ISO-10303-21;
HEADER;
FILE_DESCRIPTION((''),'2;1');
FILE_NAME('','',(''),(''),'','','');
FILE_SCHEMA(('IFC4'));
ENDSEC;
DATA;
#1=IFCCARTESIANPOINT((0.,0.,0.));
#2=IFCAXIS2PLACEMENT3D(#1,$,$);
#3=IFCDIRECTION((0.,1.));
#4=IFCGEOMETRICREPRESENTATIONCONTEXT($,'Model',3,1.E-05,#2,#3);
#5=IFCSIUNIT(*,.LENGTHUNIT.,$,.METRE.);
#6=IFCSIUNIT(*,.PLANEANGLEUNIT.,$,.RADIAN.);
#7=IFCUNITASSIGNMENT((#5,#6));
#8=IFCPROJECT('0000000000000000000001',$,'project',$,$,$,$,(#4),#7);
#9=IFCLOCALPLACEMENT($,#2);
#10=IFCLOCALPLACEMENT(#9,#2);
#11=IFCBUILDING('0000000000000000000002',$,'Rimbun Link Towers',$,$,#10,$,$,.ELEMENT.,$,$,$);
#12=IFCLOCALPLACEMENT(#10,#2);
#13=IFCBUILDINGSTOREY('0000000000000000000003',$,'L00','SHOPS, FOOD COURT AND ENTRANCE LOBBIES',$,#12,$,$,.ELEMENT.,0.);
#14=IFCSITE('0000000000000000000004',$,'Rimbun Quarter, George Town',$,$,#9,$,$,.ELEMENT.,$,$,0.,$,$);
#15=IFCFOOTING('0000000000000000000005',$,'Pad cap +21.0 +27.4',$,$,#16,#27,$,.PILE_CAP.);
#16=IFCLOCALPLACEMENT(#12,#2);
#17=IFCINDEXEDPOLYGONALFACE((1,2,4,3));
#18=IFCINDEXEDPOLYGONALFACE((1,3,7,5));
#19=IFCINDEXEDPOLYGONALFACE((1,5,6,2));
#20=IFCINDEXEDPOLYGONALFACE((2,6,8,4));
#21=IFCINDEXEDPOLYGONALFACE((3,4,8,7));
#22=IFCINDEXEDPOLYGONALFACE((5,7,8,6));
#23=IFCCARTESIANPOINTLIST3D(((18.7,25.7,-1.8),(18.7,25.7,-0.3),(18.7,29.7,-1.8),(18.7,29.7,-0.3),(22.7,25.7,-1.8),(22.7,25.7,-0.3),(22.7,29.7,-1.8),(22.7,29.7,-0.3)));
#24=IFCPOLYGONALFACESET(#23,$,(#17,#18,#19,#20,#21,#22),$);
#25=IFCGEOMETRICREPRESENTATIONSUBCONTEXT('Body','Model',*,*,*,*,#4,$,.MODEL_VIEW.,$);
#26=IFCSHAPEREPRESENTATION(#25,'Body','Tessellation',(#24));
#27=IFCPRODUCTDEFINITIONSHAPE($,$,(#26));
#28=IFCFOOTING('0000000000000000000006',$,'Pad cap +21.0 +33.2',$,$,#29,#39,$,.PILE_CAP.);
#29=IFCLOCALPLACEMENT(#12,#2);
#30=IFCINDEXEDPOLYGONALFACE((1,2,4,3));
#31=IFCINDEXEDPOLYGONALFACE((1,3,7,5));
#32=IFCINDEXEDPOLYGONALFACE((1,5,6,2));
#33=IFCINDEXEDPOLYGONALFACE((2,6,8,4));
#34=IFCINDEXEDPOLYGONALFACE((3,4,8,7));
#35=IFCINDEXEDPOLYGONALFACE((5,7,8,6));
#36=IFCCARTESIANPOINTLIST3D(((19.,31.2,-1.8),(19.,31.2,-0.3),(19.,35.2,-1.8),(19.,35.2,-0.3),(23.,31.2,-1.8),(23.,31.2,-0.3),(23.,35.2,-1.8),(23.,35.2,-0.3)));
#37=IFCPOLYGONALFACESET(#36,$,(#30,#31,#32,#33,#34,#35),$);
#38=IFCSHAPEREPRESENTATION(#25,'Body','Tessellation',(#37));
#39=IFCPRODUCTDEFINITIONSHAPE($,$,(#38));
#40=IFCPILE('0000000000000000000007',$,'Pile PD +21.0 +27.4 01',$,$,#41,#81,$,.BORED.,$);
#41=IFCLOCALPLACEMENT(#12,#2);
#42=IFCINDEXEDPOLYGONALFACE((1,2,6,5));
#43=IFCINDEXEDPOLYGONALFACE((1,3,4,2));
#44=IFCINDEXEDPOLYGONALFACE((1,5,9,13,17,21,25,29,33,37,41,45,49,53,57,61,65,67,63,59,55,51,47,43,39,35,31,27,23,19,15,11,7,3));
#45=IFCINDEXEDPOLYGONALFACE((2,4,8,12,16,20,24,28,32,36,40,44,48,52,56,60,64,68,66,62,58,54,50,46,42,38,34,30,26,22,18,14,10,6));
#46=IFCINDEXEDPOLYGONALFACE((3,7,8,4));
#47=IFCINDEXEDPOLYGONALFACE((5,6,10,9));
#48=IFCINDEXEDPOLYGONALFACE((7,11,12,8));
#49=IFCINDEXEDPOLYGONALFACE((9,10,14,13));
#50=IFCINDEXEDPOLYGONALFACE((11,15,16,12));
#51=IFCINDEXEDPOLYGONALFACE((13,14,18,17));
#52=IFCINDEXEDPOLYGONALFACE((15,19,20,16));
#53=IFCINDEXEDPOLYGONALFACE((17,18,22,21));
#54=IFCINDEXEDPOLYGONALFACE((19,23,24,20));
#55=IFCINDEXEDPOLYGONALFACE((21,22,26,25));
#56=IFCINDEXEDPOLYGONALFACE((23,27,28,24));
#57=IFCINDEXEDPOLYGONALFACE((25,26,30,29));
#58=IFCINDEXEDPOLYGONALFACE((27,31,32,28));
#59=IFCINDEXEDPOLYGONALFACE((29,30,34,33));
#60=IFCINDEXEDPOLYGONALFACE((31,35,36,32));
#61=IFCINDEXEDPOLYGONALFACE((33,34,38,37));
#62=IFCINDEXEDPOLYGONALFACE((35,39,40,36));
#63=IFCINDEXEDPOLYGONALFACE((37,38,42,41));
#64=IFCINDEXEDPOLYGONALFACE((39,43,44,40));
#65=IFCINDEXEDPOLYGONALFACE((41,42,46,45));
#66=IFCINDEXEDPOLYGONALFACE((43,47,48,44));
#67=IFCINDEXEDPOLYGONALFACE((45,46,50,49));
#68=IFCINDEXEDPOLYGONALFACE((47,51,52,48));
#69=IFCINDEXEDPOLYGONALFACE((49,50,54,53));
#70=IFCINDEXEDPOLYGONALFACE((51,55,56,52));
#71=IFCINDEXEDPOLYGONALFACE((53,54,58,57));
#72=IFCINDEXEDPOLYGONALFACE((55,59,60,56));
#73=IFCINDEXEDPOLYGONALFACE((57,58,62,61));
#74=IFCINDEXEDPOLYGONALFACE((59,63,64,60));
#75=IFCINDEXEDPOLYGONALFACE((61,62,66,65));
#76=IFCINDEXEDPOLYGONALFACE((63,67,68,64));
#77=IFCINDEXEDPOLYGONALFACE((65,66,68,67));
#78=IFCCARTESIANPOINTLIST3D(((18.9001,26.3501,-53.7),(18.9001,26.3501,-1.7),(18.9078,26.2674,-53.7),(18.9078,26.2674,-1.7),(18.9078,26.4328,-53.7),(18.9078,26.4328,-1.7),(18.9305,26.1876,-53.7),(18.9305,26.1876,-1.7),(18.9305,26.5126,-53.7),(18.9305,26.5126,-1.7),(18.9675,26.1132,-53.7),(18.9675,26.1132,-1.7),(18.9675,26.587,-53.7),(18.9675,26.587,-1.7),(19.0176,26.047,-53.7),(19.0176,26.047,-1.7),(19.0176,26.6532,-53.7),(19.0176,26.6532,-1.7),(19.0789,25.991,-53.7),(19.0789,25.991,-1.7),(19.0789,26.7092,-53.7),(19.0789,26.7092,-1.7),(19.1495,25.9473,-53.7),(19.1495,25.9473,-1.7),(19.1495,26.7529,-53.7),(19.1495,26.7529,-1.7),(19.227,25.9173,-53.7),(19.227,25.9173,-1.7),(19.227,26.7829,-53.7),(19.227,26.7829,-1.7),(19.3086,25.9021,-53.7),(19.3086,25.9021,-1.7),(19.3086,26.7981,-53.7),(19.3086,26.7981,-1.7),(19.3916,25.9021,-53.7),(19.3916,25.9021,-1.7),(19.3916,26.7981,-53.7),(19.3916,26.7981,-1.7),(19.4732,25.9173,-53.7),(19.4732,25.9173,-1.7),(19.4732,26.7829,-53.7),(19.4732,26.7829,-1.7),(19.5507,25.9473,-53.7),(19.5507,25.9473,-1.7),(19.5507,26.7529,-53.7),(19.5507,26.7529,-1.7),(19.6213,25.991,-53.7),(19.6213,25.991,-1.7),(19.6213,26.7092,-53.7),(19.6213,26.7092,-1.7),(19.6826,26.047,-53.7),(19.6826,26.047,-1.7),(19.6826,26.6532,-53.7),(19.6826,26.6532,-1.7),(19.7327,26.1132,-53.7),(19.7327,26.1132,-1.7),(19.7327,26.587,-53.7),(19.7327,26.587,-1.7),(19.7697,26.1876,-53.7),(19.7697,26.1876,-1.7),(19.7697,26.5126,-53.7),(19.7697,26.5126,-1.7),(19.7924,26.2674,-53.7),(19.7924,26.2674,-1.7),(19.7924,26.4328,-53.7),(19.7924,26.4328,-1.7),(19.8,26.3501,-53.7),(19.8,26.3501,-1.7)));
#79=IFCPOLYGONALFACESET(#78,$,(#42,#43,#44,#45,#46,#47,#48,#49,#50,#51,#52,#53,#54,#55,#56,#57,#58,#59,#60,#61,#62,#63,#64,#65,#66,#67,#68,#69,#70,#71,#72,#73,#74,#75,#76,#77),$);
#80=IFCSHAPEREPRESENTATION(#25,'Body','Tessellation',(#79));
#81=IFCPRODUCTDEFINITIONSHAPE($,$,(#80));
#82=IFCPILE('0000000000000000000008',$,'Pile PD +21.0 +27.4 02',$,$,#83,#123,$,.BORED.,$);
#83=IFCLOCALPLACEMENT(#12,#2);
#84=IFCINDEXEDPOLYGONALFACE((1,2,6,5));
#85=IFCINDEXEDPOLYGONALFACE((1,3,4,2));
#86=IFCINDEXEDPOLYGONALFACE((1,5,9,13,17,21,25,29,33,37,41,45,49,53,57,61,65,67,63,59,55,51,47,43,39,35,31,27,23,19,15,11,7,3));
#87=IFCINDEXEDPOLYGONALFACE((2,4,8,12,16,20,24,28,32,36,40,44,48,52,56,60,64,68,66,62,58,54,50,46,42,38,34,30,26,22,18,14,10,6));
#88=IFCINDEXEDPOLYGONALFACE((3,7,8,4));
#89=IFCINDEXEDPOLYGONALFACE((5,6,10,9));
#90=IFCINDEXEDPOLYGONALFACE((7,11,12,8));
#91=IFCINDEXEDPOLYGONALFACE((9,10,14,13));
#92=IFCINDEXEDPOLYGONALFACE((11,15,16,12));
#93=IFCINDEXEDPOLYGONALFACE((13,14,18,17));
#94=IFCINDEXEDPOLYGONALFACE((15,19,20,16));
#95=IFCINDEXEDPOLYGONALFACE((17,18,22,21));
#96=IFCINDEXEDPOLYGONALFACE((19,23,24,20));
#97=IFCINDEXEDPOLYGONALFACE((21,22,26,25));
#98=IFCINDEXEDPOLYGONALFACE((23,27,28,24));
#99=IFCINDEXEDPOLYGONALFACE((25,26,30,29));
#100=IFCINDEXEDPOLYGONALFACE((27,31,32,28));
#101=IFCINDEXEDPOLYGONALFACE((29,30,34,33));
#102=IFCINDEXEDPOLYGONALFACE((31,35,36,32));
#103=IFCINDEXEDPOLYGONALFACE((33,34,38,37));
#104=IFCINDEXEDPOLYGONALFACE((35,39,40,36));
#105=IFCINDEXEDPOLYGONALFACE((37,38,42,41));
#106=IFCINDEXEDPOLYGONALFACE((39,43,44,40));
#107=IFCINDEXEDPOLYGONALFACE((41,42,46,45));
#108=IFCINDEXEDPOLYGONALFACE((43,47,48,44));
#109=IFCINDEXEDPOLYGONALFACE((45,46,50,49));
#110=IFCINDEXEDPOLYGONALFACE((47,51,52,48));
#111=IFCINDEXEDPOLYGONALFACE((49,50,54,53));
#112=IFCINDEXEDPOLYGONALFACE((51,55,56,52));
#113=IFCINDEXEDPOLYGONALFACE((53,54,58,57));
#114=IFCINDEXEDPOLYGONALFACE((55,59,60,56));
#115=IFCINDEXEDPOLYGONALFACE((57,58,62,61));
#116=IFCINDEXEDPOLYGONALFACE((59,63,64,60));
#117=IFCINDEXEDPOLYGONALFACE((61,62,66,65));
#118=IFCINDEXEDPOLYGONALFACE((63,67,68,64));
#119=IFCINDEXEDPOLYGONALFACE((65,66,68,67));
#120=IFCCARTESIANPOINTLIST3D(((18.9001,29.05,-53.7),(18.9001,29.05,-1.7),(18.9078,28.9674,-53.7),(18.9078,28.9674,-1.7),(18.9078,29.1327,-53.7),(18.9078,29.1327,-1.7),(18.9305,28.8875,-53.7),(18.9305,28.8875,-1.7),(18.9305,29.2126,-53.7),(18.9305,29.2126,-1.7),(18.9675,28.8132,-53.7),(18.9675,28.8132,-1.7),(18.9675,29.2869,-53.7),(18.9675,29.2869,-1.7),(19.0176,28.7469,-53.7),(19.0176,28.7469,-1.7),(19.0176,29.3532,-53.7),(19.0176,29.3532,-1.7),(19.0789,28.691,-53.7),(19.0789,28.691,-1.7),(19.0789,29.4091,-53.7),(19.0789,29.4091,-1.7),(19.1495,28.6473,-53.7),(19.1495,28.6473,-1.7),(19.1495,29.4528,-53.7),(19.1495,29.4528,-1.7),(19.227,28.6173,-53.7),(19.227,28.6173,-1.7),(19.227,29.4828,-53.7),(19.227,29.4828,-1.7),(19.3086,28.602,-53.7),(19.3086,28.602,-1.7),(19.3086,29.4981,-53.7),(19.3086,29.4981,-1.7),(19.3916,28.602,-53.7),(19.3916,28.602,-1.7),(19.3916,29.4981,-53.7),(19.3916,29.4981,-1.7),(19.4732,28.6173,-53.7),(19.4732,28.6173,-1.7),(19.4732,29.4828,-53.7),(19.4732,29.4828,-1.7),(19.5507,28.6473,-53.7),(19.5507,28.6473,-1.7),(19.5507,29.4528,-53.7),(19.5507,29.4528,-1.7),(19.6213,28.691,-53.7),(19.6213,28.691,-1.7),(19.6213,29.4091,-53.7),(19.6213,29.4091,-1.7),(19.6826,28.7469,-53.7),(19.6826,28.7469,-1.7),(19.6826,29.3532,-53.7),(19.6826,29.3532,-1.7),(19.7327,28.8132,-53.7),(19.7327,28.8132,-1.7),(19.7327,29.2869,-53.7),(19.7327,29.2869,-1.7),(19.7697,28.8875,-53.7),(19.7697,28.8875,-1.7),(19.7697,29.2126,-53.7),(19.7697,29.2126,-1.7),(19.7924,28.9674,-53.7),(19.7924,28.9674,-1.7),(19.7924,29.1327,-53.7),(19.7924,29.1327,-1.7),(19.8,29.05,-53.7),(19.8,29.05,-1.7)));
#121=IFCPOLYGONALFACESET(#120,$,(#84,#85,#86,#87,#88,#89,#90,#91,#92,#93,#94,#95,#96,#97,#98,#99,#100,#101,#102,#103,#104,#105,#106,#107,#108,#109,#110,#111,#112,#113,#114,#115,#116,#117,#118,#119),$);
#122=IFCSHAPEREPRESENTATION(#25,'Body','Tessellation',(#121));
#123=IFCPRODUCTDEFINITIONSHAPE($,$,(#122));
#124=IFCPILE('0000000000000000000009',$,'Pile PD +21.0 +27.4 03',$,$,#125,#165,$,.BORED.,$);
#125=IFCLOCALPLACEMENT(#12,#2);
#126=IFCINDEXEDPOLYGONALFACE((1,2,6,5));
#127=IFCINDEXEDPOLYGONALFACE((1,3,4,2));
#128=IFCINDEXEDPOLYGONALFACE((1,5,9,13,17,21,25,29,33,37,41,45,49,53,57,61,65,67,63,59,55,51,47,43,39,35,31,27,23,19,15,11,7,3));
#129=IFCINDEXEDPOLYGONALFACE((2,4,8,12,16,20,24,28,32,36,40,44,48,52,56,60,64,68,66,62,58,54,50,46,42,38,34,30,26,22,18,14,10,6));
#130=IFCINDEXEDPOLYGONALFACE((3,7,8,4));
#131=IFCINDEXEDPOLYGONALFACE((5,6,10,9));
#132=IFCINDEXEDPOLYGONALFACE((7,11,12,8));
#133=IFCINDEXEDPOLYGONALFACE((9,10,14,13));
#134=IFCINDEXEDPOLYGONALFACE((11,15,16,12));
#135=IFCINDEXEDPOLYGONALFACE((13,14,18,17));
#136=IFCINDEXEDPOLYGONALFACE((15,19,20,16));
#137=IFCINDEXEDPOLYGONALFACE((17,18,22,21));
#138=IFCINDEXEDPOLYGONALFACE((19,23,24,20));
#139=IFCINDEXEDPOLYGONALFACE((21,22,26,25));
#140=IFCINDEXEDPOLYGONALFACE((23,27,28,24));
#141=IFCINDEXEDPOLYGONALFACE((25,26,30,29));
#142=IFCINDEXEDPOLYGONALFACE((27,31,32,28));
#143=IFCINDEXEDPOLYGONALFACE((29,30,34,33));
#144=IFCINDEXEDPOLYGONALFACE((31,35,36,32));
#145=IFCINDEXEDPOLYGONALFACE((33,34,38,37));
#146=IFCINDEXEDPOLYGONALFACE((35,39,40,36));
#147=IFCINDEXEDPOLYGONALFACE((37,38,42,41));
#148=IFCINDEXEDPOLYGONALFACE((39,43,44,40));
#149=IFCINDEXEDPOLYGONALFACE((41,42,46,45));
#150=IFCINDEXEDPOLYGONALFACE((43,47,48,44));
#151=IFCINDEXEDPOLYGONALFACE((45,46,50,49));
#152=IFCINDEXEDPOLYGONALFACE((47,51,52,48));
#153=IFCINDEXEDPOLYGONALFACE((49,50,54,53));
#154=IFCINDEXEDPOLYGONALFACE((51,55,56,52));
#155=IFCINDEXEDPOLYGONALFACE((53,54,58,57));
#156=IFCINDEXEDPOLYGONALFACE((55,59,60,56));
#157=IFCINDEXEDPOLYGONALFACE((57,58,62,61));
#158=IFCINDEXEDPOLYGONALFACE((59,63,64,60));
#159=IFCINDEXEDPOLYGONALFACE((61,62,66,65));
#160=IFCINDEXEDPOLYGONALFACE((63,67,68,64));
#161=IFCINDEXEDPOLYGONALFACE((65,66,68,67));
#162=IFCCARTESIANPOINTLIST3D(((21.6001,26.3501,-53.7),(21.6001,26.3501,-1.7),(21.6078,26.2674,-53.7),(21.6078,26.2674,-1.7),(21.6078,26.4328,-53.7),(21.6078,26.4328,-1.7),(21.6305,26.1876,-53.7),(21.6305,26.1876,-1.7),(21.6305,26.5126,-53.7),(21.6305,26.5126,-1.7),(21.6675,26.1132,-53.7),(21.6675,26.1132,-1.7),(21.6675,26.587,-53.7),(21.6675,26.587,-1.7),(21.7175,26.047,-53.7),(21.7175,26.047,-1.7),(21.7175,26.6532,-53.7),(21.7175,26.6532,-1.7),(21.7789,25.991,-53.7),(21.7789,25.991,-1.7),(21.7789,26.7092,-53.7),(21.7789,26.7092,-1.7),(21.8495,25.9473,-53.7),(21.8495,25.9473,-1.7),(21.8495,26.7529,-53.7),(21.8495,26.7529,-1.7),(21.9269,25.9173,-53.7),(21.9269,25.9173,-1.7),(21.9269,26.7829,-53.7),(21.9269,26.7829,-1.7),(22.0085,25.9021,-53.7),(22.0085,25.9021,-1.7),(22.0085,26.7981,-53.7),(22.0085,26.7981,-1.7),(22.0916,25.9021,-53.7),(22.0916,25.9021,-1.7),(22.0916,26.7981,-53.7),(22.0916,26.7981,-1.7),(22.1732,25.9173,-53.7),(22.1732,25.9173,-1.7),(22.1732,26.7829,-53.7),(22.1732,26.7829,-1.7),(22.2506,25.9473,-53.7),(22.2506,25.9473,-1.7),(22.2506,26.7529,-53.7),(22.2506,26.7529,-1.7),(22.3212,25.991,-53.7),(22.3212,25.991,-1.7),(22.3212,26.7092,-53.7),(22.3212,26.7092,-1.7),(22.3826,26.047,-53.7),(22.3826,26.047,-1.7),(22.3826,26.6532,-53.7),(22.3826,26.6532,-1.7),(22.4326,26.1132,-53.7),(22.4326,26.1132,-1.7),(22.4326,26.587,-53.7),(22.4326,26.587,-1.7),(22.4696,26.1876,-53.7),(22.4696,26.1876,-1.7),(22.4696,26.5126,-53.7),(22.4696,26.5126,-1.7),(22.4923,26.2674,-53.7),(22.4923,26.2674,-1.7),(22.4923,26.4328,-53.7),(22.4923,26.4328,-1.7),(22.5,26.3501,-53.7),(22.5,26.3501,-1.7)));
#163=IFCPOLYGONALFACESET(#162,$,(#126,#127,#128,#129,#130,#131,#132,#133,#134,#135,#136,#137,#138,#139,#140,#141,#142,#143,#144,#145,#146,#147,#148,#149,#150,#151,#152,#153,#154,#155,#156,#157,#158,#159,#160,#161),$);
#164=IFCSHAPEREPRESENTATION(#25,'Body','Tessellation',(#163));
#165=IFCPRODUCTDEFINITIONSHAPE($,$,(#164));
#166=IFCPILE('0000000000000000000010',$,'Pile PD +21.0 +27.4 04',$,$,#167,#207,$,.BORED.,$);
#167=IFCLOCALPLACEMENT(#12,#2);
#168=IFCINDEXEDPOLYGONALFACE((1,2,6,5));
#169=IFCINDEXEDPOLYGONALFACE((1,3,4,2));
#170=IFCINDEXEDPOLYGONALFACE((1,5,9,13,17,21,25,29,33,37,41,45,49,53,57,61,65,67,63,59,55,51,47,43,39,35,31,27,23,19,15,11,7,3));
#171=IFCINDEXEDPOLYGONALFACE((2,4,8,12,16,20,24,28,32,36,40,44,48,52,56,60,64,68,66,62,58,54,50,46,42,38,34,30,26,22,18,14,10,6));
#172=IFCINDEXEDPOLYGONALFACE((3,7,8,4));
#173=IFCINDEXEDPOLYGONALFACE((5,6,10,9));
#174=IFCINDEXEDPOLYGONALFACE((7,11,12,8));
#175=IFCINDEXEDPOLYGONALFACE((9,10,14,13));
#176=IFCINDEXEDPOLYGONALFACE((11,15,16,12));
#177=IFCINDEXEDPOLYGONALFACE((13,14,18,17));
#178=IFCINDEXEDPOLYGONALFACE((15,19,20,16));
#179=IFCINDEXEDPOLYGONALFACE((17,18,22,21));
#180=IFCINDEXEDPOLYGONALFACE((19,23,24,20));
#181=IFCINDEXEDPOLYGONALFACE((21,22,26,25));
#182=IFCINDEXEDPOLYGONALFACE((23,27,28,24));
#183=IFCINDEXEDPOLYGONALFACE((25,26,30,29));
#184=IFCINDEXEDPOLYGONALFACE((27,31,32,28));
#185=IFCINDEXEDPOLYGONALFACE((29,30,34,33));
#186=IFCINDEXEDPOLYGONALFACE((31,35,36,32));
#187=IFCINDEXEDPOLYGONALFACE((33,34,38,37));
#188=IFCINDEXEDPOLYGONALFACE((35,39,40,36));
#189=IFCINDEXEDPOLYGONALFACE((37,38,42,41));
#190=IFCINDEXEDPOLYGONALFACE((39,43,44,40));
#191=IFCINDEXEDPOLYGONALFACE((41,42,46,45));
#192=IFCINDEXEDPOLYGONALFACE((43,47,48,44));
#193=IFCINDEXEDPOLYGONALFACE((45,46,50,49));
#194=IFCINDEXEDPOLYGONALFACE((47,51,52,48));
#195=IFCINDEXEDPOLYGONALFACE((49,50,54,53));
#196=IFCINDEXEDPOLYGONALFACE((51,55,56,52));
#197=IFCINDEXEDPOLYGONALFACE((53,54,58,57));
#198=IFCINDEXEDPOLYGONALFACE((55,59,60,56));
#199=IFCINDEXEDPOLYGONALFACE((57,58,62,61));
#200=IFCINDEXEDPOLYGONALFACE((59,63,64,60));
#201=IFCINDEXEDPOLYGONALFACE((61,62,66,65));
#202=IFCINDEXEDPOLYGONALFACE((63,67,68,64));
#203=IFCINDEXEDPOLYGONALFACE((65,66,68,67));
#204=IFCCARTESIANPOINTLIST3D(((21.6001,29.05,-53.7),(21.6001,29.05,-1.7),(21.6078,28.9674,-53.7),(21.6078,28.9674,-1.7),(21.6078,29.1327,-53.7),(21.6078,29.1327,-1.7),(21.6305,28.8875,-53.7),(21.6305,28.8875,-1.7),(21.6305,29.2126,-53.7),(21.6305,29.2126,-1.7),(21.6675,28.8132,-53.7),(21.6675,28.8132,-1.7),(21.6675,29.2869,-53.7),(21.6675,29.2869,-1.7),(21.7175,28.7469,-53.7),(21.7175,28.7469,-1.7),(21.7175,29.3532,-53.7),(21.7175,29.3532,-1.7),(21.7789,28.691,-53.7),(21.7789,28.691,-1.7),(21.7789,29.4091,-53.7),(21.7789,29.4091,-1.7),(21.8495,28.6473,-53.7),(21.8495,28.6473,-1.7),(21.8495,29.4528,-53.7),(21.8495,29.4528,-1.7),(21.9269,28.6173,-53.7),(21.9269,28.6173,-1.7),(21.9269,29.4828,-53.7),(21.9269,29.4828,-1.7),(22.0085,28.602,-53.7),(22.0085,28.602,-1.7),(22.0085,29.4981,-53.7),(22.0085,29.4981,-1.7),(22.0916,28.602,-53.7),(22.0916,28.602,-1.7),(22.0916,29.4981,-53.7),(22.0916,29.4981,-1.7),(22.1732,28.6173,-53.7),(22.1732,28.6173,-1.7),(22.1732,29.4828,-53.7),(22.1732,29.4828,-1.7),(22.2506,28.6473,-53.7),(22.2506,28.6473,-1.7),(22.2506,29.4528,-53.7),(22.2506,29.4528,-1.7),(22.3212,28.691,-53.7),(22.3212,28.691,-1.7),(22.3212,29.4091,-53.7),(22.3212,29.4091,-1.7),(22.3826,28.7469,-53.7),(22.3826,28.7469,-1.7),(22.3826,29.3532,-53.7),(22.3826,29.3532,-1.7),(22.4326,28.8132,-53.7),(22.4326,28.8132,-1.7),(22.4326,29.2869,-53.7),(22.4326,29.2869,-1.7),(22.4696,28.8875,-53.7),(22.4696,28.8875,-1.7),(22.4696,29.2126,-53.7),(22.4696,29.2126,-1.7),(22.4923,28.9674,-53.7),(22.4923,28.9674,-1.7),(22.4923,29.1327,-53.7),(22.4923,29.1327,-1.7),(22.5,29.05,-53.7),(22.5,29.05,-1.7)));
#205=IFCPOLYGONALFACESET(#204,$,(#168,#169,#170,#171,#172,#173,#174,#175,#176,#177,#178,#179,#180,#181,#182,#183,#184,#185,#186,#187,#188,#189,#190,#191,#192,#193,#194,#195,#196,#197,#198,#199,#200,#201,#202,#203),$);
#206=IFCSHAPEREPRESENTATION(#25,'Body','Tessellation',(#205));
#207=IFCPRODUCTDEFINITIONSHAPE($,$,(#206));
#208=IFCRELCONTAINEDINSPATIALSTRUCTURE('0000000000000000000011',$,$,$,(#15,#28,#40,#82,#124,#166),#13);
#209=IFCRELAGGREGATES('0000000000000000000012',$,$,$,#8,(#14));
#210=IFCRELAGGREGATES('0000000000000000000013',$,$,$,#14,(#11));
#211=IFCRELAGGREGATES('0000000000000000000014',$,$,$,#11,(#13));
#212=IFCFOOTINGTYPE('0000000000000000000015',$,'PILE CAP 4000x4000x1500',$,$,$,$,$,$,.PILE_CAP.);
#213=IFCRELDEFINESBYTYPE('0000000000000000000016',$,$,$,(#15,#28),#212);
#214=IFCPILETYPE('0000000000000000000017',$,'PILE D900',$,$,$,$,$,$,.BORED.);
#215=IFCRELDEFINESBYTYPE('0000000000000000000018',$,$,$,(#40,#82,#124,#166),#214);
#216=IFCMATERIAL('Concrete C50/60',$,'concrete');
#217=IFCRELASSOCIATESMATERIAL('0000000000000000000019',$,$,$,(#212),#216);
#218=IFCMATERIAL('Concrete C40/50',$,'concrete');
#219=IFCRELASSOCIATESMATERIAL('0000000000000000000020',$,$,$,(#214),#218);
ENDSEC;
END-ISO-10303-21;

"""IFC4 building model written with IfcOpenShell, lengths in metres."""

from ifc_helpers import new_model, si_unit, direction, frame, origin, origin_2d, place, context, subcontext, project, spatial, rectangle, circle, extrude, material, material_profile, profile_set, type_object, element, save


model = new_model("IFC4")

# Units and contexts
model_context = context("Model", 3, precision=1e-05, world=origin(), true_north=direction((0.0, 1.0)))
body_context = subcontext(model_context, "Body", "Model", "MODEL_VIEW")
ifc_project = project(units=[si_unit("LENGTHUNIT", "METRE"), si_unit("PLANEANGLEUNIT", "RADIAN")], contexts=[model_context])

# Site, building, storey
site_placement = place(None, origin())
site = spatial("IfcSite", under=ifc_project, at=site_placement, Name="Rimbun Quarter, George Town", CompositionType="ELEMENT", RefElevation=0.0)
building_placement = place(site_placement, origin())
building = spatial("IfcBuilding", under=site, at=building_placement, Name="Rimbun Link Towers", CompositionType="ELEMENT")
storey_placement = place(building_placement, origin())
storey = spatial("IfcBuildingStorey", under=building, at=storey_placement, Name="L00", Description="SHOPS, FOOD COURT AND ENTRANCE LOBBIES", CompositionType="ELEMENT", Elevation=0.0)

# Footings
ifc_material_1 = material(Name="Concrete C50/60", Category="concrete")
footing_type = type_object("IfcFootingType", Name="PILE CAP 4000x4000x1500", PredefinedType="PILE_CAP", material=ifc_material_1)
for number, where, z_axis, x_axis, name in (
    (1, (20.7, 27.7, -1.8), (0.0, 0.0, 1.0), (1.0, 0.0, 0.0), "Pad cap +21.0 +27.4"),
    (2, (21.0, 33.2, -1.8), (0.0, 0.0, 1.0), (1.0, 0.0, 0.0), "Pad cap +21.0 +33.2"),
):
    element("IfcFooting", number, at=place(storey_placement, frame(where, z_axis=z_axis, x_axis=x_axis)), inside=storey, type_object=footing_type, Name=name, PredefinedType="PILE_CAP", context=body_context, shape_type="SweptSolid", body=[
        extrude(rectangle(XDim=4.0, YDim=4.0, at=origin_2d()), origin(), (0.0, 0.0, 1.0), 1.5),
    ])

# Piles
ifc_material_2 = material(Name="Concrete C40/50", Category="concrete")
ifc_material_profile_1 = material_profile(ifc_material_2, circle(Radius=0.45, at=origin_2d()), Name="PILE D900")
ifc_profile_set_1 = profile_set([ifc_material_profile_1], Name="Concrete C40/50")
pile_type = type_object("IfcPileType", Name="PILE D900", PredefinedType="BORED", material=ifc_profile_set_1)
for number, where, z_axis, x_axis, name in (
    (3, (19.3501, 26.3501, -1.7), (0.0, 0.0, -1.0), (1.0, 0.0, 0.0), "Pile PD +21.0 +27.4 01"),
    (4, (19.3501, 29.05, -1.7), (0.0, 0.0, -1.0), (1.0, 0.0, 0.0), "Pile PD +21.0 +27.4 02"),
    (5, (22.05, 26.3501, -1.7), (0.0, 0.0, -1.0), (1.0, 0.0, 0.0), "Pile PD +21.0 +27.4 03"),
    (6, (22.05, 29.05, -1.7), (0.0, 0.0, -1.0), (1.0, 0.0, 0.0), "Pile PD +21.0 +27.4 04"),
):
    element("IfcPile", number, at=place(storey_placement, frame(where, z_axis=z_axis, x_axis=x_axis)), inside=storey, type_object=pile_type, Name=name, PredefinedType="BORED", context=body_context, shape_type="SweptSolid", body=[
        extrude(circle(Radius=0.45, at=origin_2d()), origin(), (0.0, 0.0, 1.0), 52.0),
    ])

save(model, "model.ifc")
